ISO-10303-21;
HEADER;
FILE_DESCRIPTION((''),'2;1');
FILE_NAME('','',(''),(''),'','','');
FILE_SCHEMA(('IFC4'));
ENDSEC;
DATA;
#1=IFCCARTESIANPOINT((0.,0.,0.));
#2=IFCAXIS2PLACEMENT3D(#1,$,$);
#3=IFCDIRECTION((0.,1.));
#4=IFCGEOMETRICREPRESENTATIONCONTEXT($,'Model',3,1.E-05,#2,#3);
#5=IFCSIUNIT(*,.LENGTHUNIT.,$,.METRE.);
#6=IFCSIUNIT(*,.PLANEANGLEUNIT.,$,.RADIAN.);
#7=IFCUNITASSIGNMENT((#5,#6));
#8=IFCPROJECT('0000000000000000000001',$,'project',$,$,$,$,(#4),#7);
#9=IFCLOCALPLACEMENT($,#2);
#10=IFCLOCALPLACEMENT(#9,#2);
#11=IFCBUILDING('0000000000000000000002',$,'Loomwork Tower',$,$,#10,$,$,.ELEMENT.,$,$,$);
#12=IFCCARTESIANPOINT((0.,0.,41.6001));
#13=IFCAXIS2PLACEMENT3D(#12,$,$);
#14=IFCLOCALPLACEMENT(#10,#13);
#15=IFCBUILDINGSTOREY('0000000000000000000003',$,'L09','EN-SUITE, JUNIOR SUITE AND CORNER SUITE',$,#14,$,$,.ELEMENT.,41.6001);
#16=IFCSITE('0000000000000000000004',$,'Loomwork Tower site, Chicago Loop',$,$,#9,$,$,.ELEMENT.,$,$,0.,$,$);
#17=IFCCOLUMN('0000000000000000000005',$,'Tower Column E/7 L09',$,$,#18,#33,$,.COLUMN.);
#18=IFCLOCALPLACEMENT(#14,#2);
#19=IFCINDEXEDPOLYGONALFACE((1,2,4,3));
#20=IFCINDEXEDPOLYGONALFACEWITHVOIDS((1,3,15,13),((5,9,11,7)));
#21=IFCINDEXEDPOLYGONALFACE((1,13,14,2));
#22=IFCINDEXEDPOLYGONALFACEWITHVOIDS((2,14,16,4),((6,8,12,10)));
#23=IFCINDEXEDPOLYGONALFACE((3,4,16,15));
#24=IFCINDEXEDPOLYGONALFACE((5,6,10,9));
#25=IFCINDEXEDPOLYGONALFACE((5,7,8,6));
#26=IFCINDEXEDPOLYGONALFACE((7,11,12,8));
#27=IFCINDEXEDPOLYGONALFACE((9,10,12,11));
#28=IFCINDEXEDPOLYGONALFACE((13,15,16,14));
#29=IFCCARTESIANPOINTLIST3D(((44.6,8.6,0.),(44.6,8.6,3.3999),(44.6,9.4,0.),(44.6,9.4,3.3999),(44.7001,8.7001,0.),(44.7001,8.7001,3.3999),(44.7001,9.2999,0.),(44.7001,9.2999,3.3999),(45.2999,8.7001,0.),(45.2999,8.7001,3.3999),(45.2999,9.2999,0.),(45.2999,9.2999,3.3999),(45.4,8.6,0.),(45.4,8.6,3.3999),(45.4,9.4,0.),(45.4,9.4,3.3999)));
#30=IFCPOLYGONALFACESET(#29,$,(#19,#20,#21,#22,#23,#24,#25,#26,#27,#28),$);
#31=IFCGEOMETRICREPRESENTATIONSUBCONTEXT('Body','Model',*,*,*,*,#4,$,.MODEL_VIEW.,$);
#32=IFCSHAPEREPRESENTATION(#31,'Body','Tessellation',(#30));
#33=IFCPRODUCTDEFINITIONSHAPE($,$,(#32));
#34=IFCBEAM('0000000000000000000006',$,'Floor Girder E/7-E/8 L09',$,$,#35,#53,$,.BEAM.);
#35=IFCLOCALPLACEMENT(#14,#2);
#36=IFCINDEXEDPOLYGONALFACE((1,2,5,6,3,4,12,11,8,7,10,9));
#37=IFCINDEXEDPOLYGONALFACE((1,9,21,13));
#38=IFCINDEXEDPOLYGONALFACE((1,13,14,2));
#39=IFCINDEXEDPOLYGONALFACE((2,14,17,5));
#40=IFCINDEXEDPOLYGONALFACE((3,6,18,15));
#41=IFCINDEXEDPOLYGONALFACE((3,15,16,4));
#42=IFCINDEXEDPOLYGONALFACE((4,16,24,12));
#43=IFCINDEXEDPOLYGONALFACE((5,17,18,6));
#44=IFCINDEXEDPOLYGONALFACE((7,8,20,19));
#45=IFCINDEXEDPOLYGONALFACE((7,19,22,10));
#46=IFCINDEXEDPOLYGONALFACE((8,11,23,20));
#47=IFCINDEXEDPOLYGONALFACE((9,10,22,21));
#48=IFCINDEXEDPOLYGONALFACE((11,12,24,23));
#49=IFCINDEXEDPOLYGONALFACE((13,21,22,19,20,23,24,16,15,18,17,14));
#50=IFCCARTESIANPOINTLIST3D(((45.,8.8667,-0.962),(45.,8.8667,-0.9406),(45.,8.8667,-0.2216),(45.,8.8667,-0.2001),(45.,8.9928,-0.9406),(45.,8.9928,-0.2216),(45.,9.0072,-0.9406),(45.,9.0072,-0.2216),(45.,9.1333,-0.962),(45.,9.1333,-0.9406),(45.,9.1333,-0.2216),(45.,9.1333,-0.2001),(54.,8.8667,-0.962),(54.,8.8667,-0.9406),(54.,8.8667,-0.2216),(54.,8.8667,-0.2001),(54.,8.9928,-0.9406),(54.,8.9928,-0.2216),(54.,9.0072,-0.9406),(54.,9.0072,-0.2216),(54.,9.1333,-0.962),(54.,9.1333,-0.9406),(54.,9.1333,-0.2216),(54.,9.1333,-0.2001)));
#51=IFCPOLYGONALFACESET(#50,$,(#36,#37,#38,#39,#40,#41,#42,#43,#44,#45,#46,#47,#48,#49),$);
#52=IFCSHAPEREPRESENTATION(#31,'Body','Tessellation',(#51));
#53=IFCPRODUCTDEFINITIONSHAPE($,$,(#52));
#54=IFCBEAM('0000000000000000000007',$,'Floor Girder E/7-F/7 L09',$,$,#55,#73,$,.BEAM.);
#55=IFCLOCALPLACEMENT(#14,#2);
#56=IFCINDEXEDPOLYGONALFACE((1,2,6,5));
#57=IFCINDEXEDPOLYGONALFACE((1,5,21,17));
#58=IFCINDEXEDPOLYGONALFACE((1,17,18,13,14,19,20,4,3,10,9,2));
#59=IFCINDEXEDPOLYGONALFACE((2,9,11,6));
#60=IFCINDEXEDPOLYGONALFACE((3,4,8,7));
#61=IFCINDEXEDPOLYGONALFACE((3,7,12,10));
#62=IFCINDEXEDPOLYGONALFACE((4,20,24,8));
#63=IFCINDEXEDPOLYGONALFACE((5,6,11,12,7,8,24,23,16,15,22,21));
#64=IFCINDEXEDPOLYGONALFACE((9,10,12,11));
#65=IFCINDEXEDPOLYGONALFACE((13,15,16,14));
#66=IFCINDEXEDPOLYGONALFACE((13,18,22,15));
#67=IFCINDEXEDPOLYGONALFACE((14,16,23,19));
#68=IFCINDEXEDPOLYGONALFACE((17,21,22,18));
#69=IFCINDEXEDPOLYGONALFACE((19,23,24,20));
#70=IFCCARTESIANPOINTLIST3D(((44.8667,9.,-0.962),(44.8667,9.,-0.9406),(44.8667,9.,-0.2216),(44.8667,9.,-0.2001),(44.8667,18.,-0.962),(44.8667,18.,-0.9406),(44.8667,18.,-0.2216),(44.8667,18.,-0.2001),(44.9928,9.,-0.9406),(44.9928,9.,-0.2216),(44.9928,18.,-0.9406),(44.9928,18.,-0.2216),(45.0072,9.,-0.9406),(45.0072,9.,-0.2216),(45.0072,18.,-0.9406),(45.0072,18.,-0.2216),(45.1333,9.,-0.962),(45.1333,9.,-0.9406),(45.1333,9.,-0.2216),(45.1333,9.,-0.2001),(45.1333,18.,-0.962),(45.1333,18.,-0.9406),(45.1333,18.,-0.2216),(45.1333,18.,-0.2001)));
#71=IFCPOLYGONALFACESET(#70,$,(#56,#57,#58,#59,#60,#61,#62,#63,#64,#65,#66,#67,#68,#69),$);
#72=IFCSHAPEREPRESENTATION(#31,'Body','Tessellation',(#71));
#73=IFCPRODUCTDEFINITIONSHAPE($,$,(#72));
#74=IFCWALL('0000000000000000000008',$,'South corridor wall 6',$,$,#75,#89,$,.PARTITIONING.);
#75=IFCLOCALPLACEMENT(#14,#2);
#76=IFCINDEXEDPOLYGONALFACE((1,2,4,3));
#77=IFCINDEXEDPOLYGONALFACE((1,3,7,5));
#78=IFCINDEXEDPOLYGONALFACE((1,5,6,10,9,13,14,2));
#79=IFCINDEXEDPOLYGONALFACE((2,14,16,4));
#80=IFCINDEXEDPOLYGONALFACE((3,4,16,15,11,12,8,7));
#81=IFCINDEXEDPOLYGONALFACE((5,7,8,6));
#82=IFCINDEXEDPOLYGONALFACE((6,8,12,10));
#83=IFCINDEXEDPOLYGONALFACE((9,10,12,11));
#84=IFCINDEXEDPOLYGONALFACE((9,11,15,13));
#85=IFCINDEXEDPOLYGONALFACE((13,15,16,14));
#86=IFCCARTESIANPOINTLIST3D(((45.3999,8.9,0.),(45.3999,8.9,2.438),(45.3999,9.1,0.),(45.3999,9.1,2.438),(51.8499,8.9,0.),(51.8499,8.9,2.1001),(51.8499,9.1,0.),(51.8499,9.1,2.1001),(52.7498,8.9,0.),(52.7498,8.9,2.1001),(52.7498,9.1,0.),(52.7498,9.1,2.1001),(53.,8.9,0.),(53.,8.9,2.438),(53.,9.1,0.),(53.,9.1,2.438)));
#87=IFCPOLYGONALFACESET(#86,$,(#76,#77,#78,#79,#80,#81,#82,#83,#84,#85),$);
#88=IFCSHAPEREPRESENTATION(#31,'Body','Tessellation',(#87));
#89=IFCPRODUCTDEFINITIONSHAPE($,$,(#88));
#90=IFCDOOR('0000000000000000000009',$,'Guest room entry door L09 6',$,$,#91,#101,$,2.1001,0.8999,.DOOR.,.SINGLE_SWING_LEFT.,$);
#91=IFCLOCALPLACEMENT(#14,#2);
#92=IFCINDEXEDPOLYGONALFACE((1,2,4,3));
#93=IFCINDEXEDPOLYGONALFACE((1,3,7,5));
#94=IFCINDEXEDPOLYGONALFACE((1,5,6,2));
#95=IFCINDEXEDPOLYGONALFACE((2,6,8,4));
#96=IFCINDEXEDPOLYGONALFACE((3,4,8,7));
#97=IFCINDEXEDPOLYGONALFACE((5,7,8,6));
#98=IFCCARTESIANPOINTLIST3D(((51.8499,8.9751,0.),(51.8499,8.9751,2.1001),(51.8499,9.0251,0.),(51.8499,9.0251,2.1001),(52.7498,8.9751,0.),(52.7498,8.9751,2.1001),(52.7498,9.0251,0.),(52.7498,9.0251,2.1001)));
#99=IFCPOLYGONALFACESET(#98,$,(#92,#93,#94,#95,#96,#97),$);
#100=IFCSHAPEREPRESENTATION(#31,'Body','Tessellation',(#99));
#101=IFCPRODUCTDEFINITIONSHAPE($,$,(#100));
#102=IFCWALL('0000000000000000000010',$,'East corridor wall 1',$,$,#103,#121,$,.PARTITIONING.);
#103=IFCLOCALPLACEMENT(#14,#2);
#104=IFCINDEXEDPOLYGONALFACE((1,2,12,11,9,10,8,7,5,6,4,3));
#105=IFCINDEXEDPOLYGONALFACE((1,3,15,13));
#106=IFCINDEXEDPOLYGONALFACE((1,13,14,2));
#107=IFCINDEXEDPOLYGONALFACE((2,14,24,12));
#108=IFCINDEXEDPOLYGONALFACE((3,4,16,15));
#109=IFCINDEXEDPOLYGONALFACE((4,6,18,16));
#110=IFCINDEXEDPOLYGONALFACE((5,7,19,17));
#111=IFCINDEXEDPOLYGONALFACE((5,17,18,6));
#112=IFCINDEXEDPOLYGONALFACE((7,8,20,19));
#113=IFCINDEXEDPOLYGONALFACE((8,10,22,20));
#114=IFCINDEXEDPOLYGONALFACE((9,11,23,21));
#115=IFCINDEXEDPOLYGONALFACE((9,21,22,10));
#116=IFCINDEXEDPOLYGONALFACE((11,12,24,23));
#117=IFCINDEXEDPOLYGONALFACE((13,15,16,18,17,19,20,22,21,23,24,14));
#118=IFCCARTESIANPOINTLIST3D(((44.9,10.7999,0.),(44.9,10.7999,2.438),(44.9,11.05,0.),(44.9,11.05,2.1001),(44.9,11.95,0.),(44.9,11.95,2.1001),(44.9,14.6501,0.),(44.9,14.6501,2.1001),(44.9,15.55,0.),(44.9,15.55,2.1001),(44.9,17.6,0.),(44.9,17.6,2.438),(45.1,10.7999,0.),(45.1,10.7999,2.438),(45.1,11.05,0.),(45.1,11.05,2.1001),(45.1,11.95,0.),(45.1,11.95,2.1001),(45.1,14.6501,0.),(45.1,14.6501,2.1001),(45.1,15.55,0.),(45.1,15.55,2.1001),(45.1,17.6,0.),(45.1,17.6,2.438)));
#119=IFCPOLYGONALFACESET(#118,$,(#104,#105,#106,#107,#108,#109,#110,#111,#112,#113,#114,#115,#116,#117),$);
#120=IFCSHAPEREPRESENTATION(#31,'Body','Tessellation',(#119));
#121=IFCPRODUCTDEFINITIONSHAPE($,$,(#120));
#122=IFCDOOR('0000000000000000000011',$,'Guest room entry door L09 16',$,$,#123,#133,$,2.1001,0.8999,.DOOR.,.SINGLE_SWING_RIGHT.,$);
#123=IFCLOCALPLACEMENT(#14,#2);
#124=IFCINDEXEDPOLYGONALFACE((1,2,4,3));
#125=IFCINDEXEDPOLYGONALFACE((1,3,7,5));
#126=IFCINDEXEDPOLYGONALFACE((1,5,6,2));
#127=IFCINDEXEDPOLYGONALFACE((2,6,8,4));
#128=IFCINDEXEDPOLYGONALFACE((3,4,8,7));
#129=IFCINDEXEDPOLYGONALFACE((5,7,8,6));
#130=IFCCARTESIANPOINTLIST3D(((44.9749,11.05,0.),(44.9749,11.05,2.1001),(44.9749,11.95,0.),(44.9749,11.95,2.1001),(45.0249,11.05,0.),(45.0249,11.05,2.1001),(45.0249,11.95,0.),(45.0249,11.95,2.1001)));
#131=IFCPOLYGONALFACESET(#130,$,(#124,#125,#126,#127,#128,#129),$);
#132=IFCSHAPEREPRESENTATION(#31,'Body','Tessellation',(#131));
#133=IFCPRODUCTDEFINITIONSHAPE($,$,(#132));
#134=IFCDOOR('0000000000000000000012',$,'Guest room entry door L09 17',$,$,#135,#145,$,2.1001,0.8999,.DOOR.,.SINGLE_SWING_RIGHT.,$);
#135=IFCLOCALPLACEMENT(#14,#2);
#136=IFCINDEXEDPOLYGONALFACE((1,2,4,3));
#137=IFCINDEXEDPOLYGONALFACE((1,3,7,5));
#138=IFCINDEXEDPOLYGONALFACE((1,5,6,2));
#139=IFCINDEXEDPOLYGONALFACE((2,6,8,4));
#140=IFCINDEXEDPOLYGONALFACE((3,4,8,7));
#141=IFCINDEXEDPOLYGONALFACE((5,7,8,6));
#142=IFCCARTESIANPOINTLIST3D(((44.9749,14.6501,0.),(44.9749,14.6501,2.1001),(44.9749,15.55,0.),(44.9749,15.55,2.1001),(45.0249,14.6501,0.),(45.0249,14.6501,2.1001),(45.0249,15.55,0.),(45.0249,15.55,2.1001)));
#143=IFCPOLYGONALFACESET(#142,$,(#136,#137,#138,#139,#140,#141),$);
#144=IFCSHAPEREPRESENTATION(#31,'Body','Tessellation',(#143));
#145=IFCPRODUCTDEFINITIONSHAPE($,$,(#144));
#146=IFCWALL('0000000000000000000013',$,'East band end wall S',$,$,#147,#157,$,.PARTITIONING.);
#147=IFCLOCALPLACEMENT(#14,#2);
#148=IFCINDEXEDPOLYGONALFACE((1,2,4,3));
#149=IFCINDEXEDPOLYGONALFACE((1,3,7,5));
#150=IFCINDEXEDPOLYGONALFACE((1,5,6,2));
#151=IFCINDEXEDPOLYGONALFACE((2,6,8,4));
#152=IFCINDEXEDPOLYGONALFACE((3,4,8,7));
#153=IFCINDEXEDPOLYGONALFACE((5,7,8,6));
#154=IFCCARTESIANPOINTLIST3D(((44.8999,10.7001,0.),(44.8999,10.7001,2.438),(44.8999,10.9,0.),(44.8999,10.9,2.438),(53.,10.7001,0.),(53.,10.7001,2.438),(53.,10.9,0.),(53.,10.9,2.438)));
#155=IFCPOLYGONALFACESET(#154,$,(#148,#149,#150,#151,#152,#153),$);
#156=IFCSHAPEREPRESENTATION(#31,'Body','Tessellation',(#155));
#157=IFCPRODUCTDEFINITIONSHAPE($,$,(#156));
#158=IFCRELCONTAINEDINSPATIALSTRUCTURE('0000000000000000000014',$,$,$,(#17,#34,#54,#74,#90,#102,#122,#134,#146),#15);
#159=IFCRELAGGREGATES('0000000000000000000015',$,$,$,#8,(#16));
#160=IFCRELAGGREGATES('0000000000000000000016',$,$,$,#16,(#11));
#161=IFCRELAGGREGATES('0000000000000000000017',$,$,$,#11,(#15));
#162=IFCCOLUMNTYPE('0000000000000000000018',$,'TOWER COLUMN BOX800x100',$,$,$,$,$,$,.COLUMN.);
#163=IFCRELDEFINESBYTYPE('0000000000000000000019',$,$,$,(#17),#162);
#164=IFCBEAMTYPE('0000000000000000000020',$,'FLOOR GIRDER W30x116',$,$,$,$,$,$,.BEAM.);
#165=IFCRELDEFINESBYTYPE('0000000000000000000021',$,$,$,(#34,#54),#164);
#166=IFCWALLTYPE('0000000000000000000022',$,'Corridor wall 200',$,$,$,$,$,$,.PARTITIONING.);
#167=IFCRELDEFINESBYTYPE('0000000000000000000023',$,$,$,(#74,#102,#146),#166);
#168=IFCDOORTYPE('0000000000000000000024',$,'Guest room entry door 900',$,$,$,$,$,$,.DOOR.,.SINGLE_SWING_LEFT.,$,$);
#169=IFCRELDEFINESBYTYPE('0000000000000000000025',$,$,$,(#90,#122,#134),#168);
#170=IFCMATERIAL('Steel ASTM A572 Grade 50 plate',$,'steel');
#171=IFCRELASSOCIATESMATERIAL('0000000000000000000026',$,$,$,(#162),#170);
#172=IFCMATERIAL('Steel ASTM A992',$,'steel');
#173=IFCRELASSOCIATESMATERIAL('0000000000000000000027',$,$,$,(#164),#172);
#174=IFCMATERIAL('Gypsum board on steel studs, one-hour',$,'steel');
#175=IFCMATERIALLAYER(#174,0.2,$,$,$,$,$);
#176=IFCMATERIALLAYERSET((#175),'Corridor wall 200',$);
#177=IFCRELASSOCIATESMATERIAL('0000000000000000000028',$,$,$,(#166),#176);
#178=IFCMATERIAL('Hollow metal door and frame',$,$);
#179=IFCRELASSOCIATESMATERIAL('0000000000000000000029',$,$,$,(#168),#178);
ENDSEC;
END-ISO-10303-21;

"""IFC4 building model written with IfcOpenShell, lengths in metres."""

from ifc_helpers import new_model, si_unit, direction, frame, frame_2d, origin, origin_2d, place, context, subcontext, project, spatial, rectangle, hollow_rectangle, i_section, extrude, material, layer, layer_set, material_profile, profile_set, type_object, element, fill, save


model = new_model("IFC4")

# Units and contexts
model_context = context("Model", 3, precision=1e-05, world=origin(), true_north=direction((0.0, 1.0)))
body_context = subcontext(model_context, "Body", "Model", "MODEL_VIEW")
ifc_project = project(units=[si_unit("LENGTHUNIT", "METRE"), si_unit("PLANEANGLEUNIT", "RADIAN")], contexts=[model_context])

# Site, building, storey
site_placement = place(None, origin())
site = spatial("IfcSite", under=ifc_project, at=site_placement, Name="Loomwork Tower site, Chicago Loop", CompositionType="ELEMENT", RefElevation=0.0)
building_placement = place(site_placement, origin())
building = spatial("IfcBuilding", under=site, at=building_placement, Name="Loomwork Tower", CompositionType="ELEMENT")
storey_placement = place(building_placement, frame((0.0, 0.0, 41.6001)))
storey = spatial("IfcBuildingStorey", under=building, at=storey_placement, Name="L09", Description="EN-SUITE, JUNIOR SUITE AND CORNER SUITE", CompositionType="ELEMENT", Elevation=41.6001)

# Column
ifc_material_1 = material(Name="Steel ASTM A572 Grade 50 plate", Category="steel")
ifc_material_profile_1 = material_profile(ifc_material_1, hollow_rectangle(XDim=0.8, YDim=0.8, WallThickness=0.1001, at=origin_2d()), Name="BOX800x100")
ifc_profile_set_1 = profile_set([ifc_material_profile_1], Name="Steel ASTM A572 Grade 50 plate")
column_type = type_object("IfcColumnType", Name="TOWER COLUMN BOX800x100", PredefinedType="COLUMN", material=ifc_profile_set_1)
column_placement = place(storey_placement, frame((45.0, 9.0, 0.0), z_axis=(0.0, 0.0, 1.0), x_axis=(0.0, 1.0, 0.0)))
element("IfcColumn", 1, at=column_placement, inside=storey, type_object=column_type, Name="Tower Column E/7 L09", PredefinedType="COLUMN", context=body_context, shape_type="SweptSolid", body=[
    extrude(hollow_rectangle(XDim=0.8, YDim=0.8, WallThickness=0.1001, at=origin_2d()), origin(), (0.0, 0.0, 1.0), 3.3999),
])

# Beams
ifc_material_2 = material(Name="Steel ASTM A992", Category="steel")
ifc_material_profile_2 = material_profile(ifc_material_2, i_section(OverallWidth=0.2666, OverallDepth=0.762, WebThickness=0.0144, FlangeThickness=0.0215, at=origin_2d()), Name="W30x116")
ifc_profile_set_2 = profile_set([ifc_material_profile_2], Name="Steel ASTM A992")
beam_type = type_object("IfcBeamType", Name="FLOOR GIRDER W30x116", PredefinedType="BEAM", material=ifc_profile_set_2)
for number, where, z_axis, x_axis, name in (
    (2, (45.0, 9.0, -0.5811), (1.0, 0.0, 0.0), (0.0, 1.0, 0.0), "Floor Girder E/7-E/8 L09"),
    (3, (45.0, 9.0, -0.5811), (0.0, 1.0, 0.0), (-1.0, 0.0, 0.0), "Floor Girder E/7-F/7 L09"),
):
    element("IfcBeam", number, at=place(storey_placement, frame(where, z_axis=z_axis, x_axis=x_axis)), inside=storey, type_object=beam_type, Name=name, PredefinedType="BEAM", context=body_context, shape_type="SweptSolid", body=[
        extrude(i_section(OverallWidth=0.2666, OverallDepth=0.762, WebThickness=0.0144, FlangeThickness=0.0215, at=origin_2d()), origin(), (0.0, 0.0, 1.0), 9.0),
    ])

# Wall, opening, door
ifc_material_3 = material(Name="Gypsum board on steel studs, one-hour", Category="steel")
ifc_layer_1 = layer(ifc_material_3, 0.2)
ifc_layer_set_1 = layer_set([ifc_layer_1], Name="Corridor wall 200")
wall_type_1 = type_object("IfcWallType", Name="Corridor wall 200", PredefinedType="PARTITIONING", material=ifc_layer_set_1)
wall_1_placement = place(storey_placement, frame((45.3999, 9.0, 0.0), z_axis=(0.0, 0.0, 1.0), x_axis=(1.0, 0.0, 0.0)))
wall_1 = element("IfcWall", 4, at=wall_1_placement, inside=storey, type_object=wall_type_1, Name="South corridor wall 6", PredefinedType="PARTITIONING", context=body_context, shape_type="SweptSolid", body=[
    extrude(rectangle(XDim=7.6001, YDim=0.2, at=frame_2d((3.8, 0.0))), origin(), (0.0, 0.0, 1.0), 2.438),
])
opening_1_placement = place(wall_1_placement, frame((6.45, 0.0, 0.0)))
opening_1 = element("IfcOpeningElement", 5, at=opening_1_placement, cuts=wall_1, PredefinedType="OPENING", context=body_context, shape_type="SweptSolid", body=[
    extrude(rectangle(XDim=0.8999, YDim=2.1001, at=frame_2d((0.45, 1.05))), frame((0.0, 0.1099, 0.0), z_axis=(0.0, -1.0, 0.0), x_axis=(1.0, 0.0, 0.0)), (0.0, 0.0, 1.0), 0.22),
])
ifc_material_4 = material(Name="Hollow metal door and frame")
door_type_1 = type_object("IfcDoorType", Name="Guest room entry door 900", OperationType="SINGLE_SWING_LEFT", PredefinedType="DOOR", material=ifc_material_4)
door_1_placement = place(opening_1_placement, frame((0.8999, 0.0, 0.0), z_axis=(0.0, 0.0, 1.0), x_axis=(-1.0, 0.0, 0.0)))
door_1 = element("IfcDoor", 6, at=door_1_placement, inside=storey, type_object=door_type_1, Name="Guest room entry door L09 6", OperationType="SINGLE_SWING_LEFT", OverallHeight=2.1001, OverallWidth=0.8999, PredefinedType="DOOR", context=body_context, shape_type="SweptSolid", body=[
    extrude(rectangle(XDim=0.8999, YDim=2.1001, at=frame_2d((0.45, 1.05))), frame((0.0, 0.0249, 0.0), z_axis=(0.0, -1.0, 0.0), x_axis=(1.0, 0.0, 0.0)), (0.0, 0.0, 1.0), 0.05),
])
fill(opening_1, door_1)

# Wall, openings, doors
wall_2_placement = place(storey_placement, frame((45.0, 10.8, 0.0), z_axis=(0.0, 0.0, 1.0), x_axis=(0.0, 1.0, 0.0)))
wall_2 = element("IfcWall", 7, at=wall_2_placement, inside=storey, type_object=wall_type_1, Name="East corridor wall 1", PredefinedType="PARTITIONING", context=body_context, shape_type="SweptSolid", body=[
    extrude(rectangle(XDim=6.8, YDim=0.2, at=frame_2d((3.3999, 0.0))), origin(), (0.0, 0.0, 1.0), 2.438),
])
opening_2_placement = place(wall_2_placement, frame((0.25, 0.0, 0.0)))
opening_2 = element("IfcOpeningElement", 8, at=opening_2_placement, cuts=wall_2, PredefinedType="OPENING", context=body_context, shape_type="SweptSolid", body=[
    extrude(rectangle(XDim=0.8999, YDim=2.1001, at=frame_2d((0.45, 1.05))), frame((0.0, 0.1099, 0.0), z_axis=(0.0, -1.0, 0.0), x_axis=(1.0, 0.0, 0.0)), (0.0, 0.0, 1.0), 0.22),
])
opening_3_placement = place(wall_2_placement, frame((3.8501, 0.0, 0.0)))
opening_3 = element("IfcOpeningElement", 9, at=opening_3_placement, cuts=wall_2, PredefinedType="OPENING", context=body_context, shape_type="SweptSolid", body=[
    extrude(rectangle(XDim=0.8999, YDim=2.1001, at=frame_2d((0.45, 1.05))), frame((0.0, 0.1099, 0.0), z_axis=(0.0, -1.0, 0.0), x_axis=(1.0, 0.0, 0.0)), (0.0, 0.0, 1.0), 0.22),
])
door_2_placement = place(opening_2_placement, frame((0.8999, 0.0, 0.0), z_axis=(0.0, 0.0, 1.0), x_axis=(-1.0, 0.0, 0.0)))
door_2 = element("IfcDoor", 10, at=door_2_placement, inside=storey, type_object=door_type_1, Name="Guest room entry door L09 16", OperationType="SINGLE_SWING_RIGHT", OverallHeight=2.1001, OverallWidth=0.8999, PredefinedType="DOOR", context=body_context, shape_type="SweptSolid", body=[
    extrude(rectangle(XDim=0.8999, YDim=2.1001, at=frame_2d((0.45, 1.05))), frame((0.0, 0.0249, 0.0), z_axis=(0.0, -1.0, 0.0), x_axis=(1.0, 0.0, 0.0)), (0.0, 0.0, 1.0), 0.05),
])
fill(opening_2, door_2)
door_3_placement = place(opening_3_placement, frame((0.8999, 0.0, 0.0), z_axis=(0.0, 0.0, 1.0), x_axis=(-1.0, 0.0, 0.0)))
door_3 = element("IfcDoor", 11, at=door_3_placement, inside=storey, type_object=door_type_1, Name="Guest room entry door L09 17", OperationType="SINGLE_SWING_RIGHT", OverallHeight=2.1001, OverallWidth=0.8999, PredefinedType="DOOR", context=body_context, shape_type="SweptSolid", body=[
    extrude(rectangle(XDim=0.8999, YDim=2.1001, at=frame_2d((0.45, 1.05))), frame((0.0, 0.0249, 0.0), z_axis=(0.0, -1.0, 0.0), x_axis=(1.0, 0.0, 0.0)), (0.0, 0.0, 1.0), 0.05),
])
fill(opening_3, door_3)

# Wall
wall_3_placement = place(storey_placement, frame((44.8999, 10.8, 0.0), z_axis=(0.0, 0.0, 1.0), x_axis=(1.0, 0.0, 0.0)))
element("IfcWall", 12, at=wall_3_placement, inside=storey, type_object=wall_type_1, Name="East band end wall S", PredefinedType="PARTITIONING", context=body_context, shape_type="SweptSolid", body=[
    extrude(rectangle(XDim=8.1001, YDim=0.2, at=frame_2d((4.05, 0.0))), origin(), (0.0, 0.0, 1.0), 2.438),
])

save(model, "model.ifc")
